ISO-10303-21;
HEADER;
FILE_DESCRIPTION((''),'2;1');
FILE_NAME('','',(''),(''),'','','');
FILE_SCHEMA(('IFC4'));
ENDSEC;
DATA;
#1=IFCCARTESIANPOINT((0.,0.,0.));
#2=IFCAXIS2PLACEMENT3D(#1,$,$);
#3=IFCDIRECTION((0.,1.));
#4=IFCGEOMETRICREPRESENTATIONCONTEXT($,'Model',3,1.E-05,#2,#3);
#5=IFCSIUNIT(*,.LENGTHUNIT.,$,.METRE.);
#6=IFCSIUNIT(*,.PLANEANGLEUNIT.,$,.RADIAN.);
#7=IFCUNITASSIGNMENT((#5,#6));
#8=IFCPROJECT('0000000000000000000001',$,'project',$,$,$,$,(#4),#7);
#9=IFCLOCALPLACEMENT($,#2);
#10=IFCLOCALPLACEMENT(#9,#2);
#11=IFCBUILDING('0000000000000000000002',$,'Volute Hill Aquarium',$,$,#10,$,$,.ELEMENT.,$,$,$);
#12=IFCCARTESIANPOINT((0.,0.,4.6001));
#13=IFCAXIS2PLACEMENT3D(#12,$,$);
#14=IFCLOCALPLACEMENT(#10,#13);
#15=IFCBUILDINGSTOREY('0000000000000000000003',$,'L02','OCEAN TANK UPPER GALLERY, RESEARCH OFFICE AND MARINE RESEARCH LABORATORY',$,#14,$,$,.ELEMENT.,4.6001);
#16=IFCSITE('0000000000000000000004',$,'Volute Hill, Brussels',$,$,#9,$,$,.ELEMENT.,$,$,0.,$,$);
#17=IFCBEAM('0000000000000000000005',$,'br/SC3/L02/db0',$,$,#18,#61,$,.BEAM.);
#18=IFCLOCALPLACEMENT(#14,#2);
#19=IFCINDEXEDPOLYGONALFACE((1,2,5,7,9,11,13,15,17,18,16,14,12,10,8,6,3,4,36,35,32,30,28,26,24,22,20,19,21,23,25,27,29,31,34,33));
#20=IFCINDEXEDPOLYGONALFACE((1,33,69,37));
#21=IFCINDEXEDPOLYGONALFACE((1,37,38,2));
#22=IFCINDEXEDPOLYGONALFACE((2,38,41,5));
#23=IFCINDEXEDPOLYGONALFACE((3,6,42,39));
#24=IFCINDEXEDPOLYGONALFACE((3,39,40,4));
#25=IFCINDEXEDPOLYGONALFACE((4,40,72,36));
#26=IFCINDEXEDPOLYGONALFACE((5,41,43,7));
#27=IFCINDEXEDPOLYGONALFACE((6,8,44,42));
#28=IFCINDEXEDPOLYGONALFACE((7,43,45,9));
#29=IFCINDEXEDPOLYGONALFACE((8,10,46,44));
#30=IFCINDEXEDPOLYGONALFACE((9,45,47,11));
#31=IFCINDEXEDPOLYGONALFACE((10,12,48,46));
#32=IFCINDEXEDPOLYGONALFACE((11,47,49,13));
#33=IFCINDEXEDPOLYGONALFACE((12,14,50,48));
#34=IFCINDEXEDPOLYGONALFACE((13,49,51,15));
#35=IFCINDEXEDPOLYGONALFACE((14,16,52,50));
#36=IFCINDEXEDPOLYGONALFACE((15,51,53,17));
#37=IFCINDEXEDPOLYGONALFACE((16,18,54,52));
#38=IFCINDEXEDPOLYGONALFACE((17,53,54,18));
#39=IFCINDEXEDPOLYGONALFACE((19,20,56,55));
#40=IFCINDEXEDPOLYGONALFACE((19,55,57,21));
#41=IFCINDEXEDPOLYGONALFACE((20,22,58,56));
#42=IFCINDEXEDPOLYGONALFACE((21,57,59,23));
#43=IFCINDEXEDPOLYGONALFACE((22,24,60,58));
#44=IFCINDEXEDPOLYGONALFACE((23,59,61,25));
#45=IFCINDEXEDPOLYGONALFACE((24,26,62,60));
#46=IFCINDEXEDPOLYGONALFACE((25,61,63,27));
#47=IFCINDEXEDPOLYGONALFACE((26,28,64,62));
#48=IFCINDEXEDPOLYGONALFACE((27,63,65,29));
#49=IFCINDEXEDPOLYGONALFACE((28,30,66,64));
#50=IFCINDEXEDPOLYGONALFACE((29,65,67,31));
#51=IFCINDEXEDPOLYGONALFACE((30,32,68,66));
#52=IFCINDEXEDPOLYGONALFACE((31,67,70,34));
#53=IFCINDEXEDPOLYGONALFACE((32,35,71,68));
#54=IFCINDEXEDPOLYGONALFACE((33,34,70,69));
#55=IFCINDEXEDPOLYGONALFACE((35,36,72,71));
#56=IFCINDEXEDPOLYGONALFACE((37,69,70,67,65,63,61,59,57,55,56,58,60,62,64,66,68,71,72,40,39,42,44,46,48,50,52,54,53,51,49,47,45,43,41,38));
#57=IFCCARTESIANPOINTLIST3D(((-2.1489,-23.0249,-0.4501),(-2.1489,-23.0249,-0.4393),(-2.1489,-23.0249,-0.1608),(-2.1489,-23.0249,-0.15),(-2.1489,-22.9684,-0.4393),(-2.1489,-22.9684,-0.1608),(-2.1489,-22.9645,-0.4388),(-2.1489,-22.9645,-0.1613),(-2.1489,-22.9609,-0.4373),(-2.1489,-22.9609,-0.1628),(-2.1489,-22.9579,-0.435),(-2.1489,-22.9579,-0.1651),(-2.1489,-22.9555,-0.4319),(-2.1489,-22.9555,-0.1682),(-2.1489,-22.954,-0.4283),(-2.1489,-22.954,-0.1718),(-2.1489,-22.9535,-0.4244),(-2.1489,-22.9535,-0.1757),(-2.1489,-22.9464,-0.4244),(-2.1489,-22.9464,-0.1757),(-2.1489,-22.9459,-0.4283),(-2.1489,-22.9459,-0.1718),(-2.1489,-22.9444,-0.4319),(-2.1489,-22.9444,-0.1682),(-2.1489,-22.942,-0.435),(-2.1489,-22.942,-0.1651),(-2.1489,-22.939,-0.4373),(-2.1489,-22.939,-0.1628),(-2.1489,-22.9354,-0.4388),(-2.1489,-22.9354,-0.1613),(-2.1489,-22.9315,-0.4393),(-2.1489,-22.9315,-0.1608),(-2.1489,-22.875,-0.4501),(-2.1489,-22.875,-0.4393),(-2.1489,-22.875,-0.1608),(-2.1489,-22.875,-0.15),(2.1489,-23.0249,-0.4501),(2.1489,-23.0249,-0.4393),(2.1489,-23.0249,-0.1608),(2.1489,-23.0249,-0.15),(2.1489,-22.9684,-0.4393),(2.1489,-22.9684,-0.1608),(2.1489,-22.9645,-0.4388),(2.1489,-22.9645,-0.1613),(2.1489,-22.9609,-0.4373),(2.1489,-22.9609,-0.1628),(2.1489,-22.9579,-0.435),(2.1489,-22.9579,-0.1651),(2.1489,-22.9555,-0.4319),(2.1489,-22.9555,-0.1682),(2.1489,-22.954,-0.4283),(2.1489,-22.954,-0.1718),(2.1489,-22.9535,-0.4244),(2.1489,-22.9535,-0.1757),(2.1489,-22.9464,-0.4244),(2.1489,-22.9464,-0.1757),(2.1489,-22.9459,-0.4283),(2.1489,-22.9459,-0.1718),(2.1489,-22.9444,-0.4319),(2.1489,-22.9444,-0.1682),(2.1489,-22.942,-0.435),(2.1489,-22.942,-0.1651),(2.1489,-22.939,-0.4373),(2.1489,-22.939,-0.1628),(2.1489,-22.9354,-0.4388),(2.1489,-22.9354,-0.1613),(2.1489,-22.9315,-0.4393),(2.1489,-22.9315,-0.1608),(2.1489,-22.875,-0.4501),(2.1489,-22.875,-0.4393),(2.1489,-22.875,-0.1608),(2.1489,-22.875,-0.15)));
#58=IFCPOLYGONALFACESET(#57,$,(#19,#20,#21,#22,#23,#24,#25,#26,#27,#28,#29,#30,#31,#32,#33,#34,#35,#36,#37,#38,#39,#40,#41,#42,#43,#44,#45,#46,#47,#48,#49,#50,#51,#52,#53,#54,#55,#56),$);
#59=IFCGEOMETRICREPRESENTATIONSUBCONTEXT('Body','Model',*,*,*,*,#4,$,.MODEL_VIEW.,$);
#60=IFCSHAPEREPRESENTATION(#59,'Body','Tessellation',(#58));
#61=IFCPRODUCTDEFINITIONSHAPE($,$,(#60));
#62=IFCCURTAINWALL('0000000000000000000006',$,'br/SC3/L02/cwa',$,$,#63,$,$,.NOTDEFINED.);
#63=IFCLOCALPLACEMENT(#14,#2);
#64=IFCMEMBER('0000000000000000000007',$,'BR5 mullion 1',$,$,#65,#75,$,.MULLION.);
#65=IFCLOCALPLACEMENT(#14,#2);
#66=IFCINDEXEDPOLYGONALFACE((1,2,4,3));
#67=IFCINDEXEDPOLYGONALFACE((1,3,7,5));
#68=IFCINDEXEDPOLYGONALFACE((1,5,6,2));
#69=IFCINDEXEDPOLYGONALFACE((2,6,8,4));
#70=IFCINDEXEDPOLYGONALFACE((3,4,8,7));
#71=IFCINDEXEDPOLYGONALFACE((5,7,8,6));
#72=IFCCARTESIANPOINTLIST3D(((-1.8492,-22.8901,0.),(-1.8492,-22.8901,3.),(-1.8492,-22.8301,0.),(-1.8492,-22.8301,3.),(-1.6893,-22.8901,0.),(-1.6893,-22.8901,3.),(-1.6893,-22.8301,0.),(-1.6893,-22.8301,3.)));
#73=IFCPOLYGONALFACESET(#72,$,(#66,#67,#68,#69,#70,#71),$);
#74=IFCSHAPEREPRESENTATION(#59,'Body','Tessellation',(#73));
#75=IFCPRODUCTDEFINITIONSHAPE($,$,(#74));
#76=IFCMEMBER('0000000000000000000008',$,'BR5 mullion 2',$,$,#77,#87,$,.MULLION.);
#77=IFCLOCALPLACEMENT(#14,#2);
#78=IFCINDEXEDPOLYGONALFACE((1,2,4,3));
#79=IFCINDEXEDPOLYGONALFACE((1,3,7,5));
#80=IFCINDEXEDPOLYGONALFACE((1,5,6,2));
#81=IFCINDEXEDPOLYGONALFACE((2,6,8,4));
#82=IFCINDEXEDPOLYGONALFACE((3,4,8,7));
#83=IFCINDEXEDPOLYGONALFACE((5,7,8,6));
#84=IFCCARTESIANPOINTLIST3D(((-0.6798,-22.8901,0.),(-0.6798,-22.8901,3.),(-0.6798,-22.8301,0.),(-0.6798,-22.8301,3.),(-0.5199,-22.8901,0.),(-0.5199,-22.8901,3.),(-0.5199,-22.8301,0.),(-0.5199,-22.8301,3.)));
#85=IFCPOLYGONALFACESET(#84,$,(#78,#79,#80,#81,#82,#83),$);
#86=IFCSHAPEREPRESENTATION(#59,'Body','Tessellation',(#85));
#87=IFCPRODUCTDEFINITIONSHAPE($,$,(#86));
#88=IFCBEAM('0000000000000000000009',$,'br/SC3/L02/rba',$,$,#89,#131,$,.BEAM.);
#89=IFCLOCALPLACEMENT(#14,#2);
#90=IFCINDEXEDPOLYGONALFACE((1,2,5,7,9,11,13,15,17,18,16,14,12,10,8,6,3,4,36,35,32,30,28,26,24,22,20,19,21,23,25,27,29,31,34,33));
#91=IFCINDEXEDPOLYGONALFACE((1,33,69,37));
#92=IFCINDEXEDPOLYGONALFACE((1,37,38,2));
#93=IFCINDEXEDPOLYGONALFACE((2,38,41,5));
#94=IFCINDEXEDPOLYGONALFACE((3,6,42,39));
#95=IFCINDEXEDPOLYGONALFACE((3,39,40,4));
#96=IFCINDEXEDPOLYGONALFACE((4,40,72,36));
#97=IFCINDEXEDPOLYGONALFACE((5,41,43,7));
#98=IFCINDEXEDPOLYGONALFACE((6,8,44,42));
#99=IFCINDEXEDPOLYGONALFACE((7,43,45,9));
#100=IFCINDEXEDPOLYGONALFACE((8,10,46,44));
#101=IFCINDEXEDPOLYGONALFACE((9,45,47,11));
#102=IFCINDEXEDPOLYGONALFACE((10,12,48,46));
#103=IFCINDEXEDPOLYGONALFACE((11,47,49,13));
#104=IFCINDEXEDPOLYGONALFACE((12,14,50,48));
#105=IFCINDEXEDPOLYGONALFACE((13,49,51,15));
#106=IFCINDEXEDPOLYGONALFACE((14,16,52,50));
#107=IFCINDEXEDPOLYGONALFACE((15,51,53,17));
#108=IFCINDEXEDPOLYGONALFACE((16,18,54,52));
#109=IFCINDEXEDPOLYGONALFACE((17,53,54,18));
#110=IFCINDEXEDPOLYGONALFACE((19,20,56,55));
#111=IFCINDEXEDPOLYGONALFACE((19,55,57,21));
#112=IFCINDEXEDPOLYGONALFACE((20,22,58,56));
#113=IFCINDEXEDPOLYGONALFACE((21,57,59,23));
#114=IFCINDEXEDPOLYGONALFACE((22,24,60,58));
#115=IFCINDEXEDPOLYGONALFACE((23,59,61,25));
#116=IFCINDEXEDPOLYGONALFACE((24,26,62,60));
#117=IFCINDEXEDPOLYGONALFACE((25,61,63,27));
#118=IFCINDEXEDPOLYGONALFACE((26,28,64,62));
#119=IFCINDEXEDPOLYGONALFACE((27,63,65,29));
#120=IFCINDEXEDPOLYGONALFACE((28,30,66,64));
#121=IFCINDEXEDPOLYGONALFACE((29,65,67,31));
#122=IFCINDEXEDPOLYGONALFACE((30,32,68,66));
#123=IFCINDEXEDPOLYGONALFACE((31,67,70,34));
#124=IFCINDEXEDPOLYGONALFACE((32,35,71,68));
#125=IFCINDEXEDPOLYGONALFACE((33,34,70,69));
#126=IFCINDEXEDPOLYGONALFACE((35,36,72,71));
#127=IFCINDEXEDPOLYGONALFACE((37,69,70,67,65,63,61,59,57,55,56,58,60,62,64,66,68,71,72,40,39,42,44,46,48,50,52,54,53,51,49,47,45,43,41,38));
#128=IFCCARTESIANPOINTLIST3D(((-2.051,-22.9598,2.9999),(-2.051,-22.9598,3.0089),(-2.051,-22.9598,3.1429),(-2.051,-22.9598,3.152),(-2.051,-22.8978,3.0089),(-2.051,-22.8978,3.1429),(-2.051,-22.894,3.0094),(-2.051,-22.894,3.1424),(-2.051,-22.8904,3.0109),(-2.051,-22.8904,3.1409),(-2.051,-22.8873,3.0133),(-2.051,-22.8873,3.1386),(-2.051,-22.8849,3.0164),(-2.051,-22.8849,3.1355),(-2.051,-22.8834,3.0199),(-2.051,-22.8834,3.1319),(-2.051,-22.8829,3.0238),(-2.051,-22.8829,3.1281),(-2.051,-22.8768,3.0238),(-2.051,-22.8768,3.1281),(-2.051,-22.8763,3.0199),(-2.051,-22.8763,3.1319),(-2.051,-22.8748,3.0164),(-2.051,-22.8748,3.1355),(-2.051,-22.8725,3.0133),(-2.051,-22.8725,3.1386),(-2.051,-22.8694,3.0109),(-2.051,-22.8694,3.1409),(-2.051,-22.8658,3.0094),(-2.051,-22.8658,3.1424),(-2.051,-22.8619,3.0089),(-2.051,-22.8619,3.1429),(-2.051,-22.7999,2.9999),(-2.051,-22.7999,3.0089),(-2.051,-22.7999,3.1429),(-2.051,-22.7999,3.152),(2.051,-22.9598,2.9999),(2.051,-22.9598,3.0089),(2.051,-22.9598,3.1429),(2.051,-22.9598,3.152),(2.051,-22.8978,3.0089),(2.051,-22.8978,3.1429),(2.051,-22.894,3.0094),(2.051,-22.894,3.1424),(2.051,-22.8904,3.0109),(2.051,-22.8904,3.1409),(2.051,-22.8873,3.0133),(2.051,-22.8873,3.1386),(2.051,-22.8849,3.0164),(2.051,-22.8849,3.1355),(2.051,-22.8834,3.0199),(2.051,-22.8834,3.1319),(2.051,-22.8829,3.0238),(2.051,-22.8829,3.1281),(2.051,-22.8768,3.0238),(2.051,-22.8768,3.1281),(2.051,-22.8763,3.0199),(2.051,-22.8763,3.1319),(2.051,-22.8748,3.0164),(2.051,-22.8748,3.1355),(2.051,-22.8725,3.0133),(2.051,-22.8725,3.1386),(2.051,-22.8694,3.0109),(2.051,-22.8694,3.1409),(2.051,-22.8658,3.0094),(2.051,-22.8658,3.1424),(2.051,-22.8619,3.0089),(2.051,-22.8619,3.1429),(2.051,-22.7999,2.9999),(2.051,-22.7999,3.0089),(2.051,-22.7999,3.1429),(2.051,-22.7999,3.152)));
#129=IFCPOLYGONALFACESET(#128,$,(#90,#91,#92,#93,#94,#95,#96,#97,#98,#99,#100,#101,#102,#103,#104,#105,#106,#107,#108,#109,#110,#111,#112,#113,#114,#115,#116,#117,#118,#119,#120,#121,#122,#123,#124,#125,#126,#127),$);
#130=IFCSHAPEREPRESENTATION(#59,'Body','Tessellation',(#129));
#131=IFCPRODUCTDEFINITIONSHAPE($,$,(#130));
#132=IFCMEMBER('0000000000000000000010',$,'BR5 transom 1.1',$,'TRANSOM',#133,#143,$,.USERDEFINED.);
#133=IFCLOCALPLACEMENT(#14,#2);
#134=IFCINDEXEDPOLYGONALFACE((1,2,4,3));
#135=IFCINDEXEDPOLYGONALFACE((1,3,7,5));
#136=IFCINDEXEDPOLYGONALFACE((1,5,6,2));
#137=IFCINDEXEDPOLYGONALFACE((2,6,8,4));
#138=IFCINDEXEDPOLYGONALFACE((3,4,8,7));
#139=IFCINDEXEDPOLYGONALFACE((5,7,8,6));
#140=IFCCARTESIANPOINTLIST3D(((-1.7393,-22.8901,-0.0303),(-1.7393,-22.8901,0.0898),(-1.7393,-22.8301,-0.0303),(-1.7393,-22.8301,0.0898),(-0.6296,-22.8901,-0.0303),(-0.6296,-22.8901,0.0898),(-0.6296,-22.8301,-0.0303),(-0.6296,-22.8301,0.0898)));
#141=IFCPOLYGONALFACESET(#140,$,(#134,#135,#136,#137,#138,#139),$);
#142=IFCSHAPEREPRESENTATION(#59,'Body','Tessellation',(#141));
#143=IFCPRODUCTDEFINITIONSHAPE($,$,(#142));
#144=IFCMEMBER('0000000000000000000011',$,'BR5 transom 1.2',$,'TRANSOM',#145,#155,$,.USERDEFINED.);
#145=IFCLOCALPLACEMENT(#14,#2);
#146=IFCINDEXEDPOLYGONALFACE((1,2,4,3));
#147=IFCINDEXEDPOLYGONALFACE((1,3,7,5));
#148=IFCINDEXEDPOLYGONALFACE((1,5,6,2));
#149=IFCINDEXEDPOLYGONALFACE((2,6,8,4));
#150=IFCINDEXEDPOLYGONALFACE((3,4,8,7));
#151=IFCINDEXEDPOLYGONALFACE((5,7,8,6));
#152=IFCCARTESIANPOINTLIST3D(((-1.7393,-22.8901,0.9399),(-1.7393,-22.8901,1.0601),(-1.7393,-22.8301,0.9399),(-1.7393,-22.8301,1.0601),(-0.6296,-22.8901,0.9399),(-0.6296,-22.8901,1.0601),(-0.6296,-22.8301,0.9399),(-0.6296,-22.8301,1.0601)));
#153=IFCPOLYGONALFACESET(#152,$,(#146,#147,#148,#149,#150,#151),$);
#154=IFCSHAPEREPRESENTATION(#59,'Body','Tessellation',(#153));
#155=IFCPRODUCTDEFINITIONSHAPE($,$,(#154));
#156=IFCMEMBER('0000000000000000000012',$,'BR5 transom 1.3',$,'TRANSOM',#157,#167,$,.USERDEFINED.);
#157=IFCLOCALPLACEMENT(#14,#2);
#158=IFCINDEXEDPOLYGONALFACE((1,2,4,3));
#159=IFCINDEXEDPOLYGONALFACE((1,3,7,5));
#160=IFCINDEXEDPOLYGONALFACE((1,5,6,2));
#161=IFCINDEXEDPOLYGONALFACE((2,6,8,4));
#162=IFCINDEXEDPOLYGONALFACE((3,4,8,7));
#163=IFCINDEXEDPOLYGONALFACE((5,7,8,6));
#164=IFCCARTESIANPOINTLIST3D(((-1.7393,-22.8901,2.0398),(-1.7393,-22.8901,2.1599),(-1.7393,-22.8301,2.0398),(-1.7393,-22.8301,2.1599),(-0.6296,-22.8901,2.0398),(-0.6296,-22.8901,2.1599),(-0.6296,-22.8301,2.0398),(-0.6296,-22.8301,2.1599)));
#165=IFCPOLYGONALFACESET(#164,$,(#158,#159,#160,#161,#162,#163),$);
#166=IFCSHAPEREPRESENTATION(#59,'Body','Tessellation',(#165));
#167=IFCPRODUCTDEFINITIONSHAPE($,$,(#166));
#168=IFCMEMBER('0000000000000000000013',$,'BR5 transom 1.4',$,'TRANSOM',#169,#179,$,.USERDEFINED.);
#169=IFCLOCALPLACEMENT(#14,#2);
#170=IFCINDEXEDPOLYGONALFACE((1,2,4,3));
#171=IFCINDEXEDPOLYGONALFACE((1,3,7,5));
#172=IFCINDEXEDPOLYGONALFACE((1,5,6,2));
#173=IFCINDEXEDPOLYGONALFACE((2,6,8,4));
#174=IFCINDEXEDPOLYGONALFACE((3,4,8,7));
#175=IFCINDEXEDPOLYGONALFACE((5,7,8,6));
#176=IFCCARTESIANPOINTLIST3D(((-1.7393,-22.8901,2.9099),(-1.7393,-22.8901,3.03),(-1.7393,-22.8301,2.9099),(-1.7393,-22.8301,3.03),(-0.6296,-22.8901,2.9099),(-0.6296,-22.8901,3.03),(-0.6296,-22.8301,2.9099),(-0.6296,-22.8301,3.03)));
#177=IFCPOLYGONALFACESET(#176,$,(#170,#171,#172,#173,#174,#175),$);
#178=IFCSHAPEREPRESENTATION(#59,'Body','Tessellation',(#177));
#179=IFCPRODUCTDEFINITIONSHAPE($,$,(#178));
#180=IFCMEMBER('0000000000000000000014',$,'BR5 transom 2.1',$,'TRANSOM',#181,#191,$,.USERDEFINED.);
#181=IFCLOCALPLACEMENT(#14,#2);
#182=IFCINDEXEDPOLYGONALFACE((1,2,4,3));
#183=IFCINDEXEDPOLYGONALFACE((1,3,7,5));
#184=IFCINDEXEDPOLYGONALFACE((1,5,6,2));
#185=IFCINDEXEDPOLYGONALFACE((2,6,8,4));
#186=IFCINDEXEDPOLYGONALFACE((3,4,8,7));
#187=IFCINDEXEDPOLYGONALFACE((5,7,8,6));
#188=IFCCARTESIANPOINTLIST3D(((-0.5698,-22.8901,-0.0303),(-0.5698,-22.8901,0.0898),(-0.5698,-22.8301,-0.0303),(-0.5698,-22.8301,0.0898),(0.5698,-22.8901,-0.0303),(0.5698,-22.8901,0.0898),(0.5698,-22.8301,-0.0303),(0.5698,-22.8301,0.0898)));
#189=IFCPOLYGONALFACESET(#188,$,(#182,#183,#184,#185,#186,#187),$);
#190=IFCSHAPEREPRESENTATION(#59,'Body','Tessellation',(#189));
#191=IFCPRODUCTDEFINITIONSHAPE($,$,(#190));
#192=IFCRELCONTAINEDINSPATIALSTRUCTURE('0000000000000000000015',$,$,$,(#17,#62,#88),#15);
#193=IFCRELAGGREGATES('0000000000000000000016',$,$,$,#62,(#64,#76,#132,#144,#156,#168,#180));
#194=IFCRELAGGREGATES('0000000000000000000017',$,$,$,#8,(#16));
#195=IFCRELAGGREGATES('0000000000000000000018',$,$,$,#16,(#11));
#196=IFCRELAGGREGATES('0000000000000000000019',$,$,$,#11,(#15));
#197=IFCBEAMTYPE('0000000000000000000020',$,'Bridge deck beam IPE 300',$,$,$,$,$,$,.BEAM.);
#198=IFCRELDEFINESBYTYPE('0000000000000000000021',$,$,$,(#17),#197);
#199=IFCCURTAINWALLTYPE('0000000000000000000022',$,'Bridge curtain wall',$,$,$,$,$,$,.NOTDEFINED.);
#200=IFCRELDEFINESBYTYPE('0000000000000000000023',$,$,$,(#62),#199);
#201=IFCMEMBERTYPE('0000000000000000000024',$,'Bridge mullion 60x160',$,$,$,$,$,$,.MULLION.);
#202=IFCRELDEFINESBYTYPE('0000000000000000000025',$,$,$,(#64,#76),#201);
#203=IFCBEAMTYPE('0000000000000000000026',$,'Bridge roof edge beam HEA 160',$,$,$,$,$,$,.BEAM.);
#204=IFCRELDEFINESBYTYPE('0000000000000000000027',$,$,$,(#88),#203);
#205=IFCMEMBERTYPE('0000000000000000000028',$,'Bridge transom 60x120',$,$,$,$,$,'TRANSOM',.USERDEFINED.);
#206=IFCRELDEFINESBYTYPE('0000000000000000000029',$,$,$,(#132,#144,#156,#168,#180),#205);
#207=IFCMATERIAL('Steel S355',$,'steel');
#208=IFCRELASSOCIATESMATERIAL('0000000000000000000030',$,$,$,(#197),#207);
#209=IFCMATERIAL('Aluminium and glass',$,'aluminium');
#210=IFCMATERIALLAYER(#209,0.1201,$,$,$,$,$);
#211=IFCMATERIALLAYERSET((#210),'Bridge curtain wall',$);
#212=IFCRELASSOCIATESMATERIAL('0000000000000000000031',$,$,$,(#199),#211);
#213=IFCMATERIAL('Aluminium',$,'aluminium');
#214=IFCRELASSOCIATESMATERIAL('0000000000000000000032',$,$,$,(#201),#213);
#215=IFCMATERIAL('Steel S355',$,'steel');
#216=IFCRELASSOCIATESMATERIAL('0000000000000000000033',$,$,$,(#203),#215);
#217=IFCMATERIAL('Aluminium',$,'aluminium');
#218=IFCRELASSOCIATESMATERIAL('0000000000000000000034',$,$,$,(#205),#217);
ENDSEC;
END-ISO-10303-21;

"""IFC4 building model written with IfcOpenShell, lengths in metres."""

from ifc_helpers import new_model, si_unit, direction, frame, origin, origin_2d, place, context, subcontext, project, spatial, rectangle, i_section, extrude, material, layer, layer_set, material_profile, profile_set, type_object, element, aggregate, save


model = new_model("IFC4")

# Units and contexts
model_context = context("Model", 3, precision=1e-05, world=origin(), true_north=direction((0.0, 1.0)))
body_context = subcontext(model_context, "Body", "Model", "MODEL_VIEW")
ifc_project = project(units=[si_unit("LENGTHUNIT", "METRE"), si_unit("PLANEANGLEUNIT", "RADIAN")], contexts=[model_context])

# Site, building, storey
site_placement = place(None, origin())
site = spatial("IfcSite", under=ifc_project, at=site_placement, Name="Volute Hill, Brussels", CompositionType="ELEMENT", RefElevation=0.0)
building_placement = place(site_placement, origin())
building = spatial("IfcBuilding", under=site, at=building_placement, Name="Volute Hill Aquarium", CompositionType="ELEMENT")
storey_placement = place(building_placement, frame((0.0, 0.0, 4.6001)))
storey = spatial("IfcBuildingStorey", under=building, at=storey_placement, Name="L02", Description="OCEAN TANK UPPER GALLERY, RESEARCH OFFICE AND MARINE RESEARCH LABORATORY", CompositionType="ELEMENT", Elevation=4.6001)

# Beam
ifc_material_1 = material(Name="Steel S355", Category="steel")
ifc_material_profile_1 = material_profile(ifc_material_1, i_section(OverallWidth=0.1499, OverallDepth=0.3, WebThickness=0.0071, FlangeThickness=0.0107, FilletRadius=0.0149, at=origin_2d()), Name="IPE 300")
ifc_profile_set_1 = profile_set([ifc_material_profile_1], Name="Steel S355")
beam_type_1 = type_object("IfcBeamType", Name="Bridge deck beam IPE 300", PredefinedType="BEAM", material=ifc_profile_set_1)
beam_1_placement = place(storey_placement, frame((-2.1489, -22.95, -0.3), z_axis=(1.0, 0.0, 0.0), x_axis=(0.0, 1.0, 0.0)))
element("IfcBeam", 1, at=beam_1_placement, inside=storey, type_object=beam_type_1, Name="br/SC3/L02/db0", PredefinedType="BEAM", context=body_context, shape_type="SweptSolid", body=[
    extrude(i_section(OverallWidth=0.1499, OverallDepth=0.3, WebThickness=0.0071, FlangeThickness=0.0107, FilletRadius=0.0149, at=origin_2d()), origin(), (0.0, 0.0, 1.0), 4.2979),
])

# Curtain wall, members
ifc_material_2 = material(Name="Aluminium and glass", Category="aluminium")
ifc_layer_1 = layer(ifc_material_2, 0.1201)
ifc_layer_set_1 = layer_set([ifc_layer_1], Name="Bridge curtain wall")
curtain_wall_type = type_object("IfcCurtainWallType", Name="Bridge curtain wall", PredefinedType="NOTDEFINED", material=ifc_layer_set_1)
curtain_wall_placement = place(storey_placement, origin())
curtain_wall = element("IfcCurtainWall", 2, at=curtain_wall_placement, inside=storey, type_object=curtain_wall_type, Name="br/SC3/L02/cwa", PredefinedType="NOTDEFINED")
ifc_material_3 = material(Name="Aluminium", Category="aluminium")
ifc_material_profile_2 = material_profile(ifc_material_3, rectangle(XDim=0.0601, YDim=0.1599, at=origin_2d()), Name="Aluminium mullion 60x160")
ifc_profile_set_2 = profile_set([ifc_material_profile_2], Name="Aluminium")
member_type_1 = type_object("IfcMemberType", Name="Bridge mullion 60x160", PredefinedType="MULLION", material=ifc_profile_set_2)
member_1_placement = place(storey_placement, frame((-1.7693, -22.8601, 0.0), z_axis=(0.0, 0.0, 1.0), x_axis=(0.0, 1.0, 0.0)))
member_1 = element("IfcMember", 3, at=member_1_placement, type_object=member_type_1, Name="BR5 mullion 1", PredefinedType="MULLION", context=body_context, shape_type="SweptSolid", body=[
    extrude(rectangle(XDim=0.0601, YDim=0.1599, at=origin_2d()), origin(), (0.0, 0.0, 1.0), 3.0),
])
member_2_placement = place(storey_placement, frame((-0.5999, -22.8601, 0.0), z_axis=(0.0, 0.0, 1.0), x_axis=(0.0, 1.0, 0.0)))
member_2 = element("IfcMember", 4, at=member_2_placement, type_object=member_type_1, Name="BR5 mullion 2", PredefinedType="MULLION", context=body_context, shape_type="SweptSolid", body=[
    extrude(rectangle(XDim=0.0601, YDim=0.1599, at=origin_2d()), origin(), (0.0, 0.0, 1.0), 3.0),
])

# Beam
ifc_material_4 = material(Name="Steel S355", Category="steel")
ifc_material_profile_3 = material_profile(ifc_material_4, i_section(OverallWidth=0.1599, OverallDepth=0.1521, WebThickness=0.0061, FlangeThickness=0.009, FilletRadius=0.0149, at=origin_2d()), Name="HEA 160")
ifc_profile_set_3 = profile_set([ifc_material_profile_3], Name="Steel S355")
beam_type_2 = type_object("IfcBeamType", Name="Bridge roof edge beam HEA 160", PredefinedType="BEAM", material=ifc_profile_set_3)
beam_2_placement = place(storey_placement, frame((-2.051, -22.8799, 3.0759), z_axis=(1.0, 0.0, 0.0), x_axis=(0.0, 1.0, 0.0)))
element("IfcBeam", 5, at=beam_2_placement, inside=storey, type_object=beam_type_2, Name="br/SC3/L02/rba", PredefinedType="BEAM", context=body_context, shape_type="SweptSolid", body=[
    extrude(i_section(OverallWidth=0.1599, OverallDepth=0.1521, WebThickness=0.0061, FlangeThickness=0.009, FilletRadius=0.0149, at=origin_2d()), origin(), (0.0, 0.0, 1.0), 4.1021),
])

# Members
ifc_material_5 = material(Name="Aluminium", Category="aluminium")
ifc_material_profile_4 = material_profile(ifc_material_5, rectangle(XDim=0.0601, YDim=0.1201, at=origin_2d()), Name="Aluminium transom 60x120")
ifc_profile_set_4 = profile_set([ifc_material_profile_4], Name="Aluminium")
member_type_2 = type_object("IfcMemberType", Name="Bridge transom 60x120", ElementType="TRANSOM", PredefinedType="USERDEFINED", material=ifc_profile_set_4)
member_3_placement = place(storey_placement, frame((-1.7393, -22.8601, 0.0298), z_axis=(1.0, 0.0, 0.0), x_axis=(0.0, 1.0, 0.0)))
member_3 = element("IfcMember", 6, at=member_3_placement, type_object=member_type_2, Name="BR5 transom 1.1", ObjectType="TRANSOM", PredefinedType="USERDEFINED", context=body_context, shape_type="SweptSolid", body=[
    extrude(rectangle(XDim=0.0601, YDim=0.1201, at=origin_2d()), origin(), (0.0, 0.0, 1.0), 1.1096),
])
member_4_placement = place(storey_placement, frame((-1.7393, -22.8601, 1.0), z_axis=(1.0, 0.0, 0.0), x_axis=(0.0, 1.0, 0.0)))
member_4 = element("IfcMember", 7, at=member_4_placement, type_object=member_type_2, Name="BR5 transom 1.2", ObjectType="TRANSOM", PredefinedType="USERDEFINED", context=body_context, shape_type="SweptSolid", body=[
    extrude(rectangle(XDim=0.0601, YDim=0.1201, at=origin_2d()), origin(), (0.0, 0.0, 1.0), 1.1096),
])
member_5_placement = place(storey_placement, frame((-1.7393, -22.8601, 2.0999), z_axis=(1.0, 0.0, 0.0), x_axis=(0.0, 1.0, 0.0)))
member_5 = element("IfcMember", 8, at=member_5_placement, type_object=member_type_2, Name="BR5 transom 1.3", ObjectType="TRANSOM", PredefinedType="USERDEFINED", context=body_context, shape_type="SweptSolid", body=[
    extrude(rectangle(XDim=0.0601, YDim=0.1201, at=origin_2d()), origin(), (0.0, 0.0, 1.0), 1.1096),
])
member_6_placement = place(storey_placement, frame((-1.7393, -22.8601, 2.97), z_axis=(1.0, 0.0, 0.0), x_axis=(0.0, 1.0, 0.0)))
member_6 = element("IfcMember", 9, at=member_6_placement, type_object=member_type_2, Name="BR5 transom 1.4", ObjectType="TRANSOM", PredefinedType="USERDEFINED", context=body_context, shape_type="SweptSolid", body=[
    extrude(rectangle(XDim=0.0601, YDim=0.1201, at=origin_2d()), origin(), (0.0, 0.0, 1.0), 1.1096),
])
member_7_placement = place(storey_placement, frame((-0.5698, -22.8601, 0.0298), z_axis=(1.0, 0.0, 0.0), x_axis=(0.0, 1.0, 0.0)))
member_7 = element("IfcMember", 10, at=member_7_placement, type_object=member_type_2, Name="BR5 transom 2.1", ObjectType="TRANSOM", PredefinedType="USERDEFINED", context=body_context, shape_type="SweptSolid", body=[
    extrude(rectangle(XDim=0.0601, YDim=0.1201, at=origin_2d()), origin(), (0.0, 0.0, 1.0), 1.1396),
])

aggregate(curtain_wall, [member_1, member_2, member_3, member_4, member_5, member_6, member_7])

save(model, "model.ifc")
